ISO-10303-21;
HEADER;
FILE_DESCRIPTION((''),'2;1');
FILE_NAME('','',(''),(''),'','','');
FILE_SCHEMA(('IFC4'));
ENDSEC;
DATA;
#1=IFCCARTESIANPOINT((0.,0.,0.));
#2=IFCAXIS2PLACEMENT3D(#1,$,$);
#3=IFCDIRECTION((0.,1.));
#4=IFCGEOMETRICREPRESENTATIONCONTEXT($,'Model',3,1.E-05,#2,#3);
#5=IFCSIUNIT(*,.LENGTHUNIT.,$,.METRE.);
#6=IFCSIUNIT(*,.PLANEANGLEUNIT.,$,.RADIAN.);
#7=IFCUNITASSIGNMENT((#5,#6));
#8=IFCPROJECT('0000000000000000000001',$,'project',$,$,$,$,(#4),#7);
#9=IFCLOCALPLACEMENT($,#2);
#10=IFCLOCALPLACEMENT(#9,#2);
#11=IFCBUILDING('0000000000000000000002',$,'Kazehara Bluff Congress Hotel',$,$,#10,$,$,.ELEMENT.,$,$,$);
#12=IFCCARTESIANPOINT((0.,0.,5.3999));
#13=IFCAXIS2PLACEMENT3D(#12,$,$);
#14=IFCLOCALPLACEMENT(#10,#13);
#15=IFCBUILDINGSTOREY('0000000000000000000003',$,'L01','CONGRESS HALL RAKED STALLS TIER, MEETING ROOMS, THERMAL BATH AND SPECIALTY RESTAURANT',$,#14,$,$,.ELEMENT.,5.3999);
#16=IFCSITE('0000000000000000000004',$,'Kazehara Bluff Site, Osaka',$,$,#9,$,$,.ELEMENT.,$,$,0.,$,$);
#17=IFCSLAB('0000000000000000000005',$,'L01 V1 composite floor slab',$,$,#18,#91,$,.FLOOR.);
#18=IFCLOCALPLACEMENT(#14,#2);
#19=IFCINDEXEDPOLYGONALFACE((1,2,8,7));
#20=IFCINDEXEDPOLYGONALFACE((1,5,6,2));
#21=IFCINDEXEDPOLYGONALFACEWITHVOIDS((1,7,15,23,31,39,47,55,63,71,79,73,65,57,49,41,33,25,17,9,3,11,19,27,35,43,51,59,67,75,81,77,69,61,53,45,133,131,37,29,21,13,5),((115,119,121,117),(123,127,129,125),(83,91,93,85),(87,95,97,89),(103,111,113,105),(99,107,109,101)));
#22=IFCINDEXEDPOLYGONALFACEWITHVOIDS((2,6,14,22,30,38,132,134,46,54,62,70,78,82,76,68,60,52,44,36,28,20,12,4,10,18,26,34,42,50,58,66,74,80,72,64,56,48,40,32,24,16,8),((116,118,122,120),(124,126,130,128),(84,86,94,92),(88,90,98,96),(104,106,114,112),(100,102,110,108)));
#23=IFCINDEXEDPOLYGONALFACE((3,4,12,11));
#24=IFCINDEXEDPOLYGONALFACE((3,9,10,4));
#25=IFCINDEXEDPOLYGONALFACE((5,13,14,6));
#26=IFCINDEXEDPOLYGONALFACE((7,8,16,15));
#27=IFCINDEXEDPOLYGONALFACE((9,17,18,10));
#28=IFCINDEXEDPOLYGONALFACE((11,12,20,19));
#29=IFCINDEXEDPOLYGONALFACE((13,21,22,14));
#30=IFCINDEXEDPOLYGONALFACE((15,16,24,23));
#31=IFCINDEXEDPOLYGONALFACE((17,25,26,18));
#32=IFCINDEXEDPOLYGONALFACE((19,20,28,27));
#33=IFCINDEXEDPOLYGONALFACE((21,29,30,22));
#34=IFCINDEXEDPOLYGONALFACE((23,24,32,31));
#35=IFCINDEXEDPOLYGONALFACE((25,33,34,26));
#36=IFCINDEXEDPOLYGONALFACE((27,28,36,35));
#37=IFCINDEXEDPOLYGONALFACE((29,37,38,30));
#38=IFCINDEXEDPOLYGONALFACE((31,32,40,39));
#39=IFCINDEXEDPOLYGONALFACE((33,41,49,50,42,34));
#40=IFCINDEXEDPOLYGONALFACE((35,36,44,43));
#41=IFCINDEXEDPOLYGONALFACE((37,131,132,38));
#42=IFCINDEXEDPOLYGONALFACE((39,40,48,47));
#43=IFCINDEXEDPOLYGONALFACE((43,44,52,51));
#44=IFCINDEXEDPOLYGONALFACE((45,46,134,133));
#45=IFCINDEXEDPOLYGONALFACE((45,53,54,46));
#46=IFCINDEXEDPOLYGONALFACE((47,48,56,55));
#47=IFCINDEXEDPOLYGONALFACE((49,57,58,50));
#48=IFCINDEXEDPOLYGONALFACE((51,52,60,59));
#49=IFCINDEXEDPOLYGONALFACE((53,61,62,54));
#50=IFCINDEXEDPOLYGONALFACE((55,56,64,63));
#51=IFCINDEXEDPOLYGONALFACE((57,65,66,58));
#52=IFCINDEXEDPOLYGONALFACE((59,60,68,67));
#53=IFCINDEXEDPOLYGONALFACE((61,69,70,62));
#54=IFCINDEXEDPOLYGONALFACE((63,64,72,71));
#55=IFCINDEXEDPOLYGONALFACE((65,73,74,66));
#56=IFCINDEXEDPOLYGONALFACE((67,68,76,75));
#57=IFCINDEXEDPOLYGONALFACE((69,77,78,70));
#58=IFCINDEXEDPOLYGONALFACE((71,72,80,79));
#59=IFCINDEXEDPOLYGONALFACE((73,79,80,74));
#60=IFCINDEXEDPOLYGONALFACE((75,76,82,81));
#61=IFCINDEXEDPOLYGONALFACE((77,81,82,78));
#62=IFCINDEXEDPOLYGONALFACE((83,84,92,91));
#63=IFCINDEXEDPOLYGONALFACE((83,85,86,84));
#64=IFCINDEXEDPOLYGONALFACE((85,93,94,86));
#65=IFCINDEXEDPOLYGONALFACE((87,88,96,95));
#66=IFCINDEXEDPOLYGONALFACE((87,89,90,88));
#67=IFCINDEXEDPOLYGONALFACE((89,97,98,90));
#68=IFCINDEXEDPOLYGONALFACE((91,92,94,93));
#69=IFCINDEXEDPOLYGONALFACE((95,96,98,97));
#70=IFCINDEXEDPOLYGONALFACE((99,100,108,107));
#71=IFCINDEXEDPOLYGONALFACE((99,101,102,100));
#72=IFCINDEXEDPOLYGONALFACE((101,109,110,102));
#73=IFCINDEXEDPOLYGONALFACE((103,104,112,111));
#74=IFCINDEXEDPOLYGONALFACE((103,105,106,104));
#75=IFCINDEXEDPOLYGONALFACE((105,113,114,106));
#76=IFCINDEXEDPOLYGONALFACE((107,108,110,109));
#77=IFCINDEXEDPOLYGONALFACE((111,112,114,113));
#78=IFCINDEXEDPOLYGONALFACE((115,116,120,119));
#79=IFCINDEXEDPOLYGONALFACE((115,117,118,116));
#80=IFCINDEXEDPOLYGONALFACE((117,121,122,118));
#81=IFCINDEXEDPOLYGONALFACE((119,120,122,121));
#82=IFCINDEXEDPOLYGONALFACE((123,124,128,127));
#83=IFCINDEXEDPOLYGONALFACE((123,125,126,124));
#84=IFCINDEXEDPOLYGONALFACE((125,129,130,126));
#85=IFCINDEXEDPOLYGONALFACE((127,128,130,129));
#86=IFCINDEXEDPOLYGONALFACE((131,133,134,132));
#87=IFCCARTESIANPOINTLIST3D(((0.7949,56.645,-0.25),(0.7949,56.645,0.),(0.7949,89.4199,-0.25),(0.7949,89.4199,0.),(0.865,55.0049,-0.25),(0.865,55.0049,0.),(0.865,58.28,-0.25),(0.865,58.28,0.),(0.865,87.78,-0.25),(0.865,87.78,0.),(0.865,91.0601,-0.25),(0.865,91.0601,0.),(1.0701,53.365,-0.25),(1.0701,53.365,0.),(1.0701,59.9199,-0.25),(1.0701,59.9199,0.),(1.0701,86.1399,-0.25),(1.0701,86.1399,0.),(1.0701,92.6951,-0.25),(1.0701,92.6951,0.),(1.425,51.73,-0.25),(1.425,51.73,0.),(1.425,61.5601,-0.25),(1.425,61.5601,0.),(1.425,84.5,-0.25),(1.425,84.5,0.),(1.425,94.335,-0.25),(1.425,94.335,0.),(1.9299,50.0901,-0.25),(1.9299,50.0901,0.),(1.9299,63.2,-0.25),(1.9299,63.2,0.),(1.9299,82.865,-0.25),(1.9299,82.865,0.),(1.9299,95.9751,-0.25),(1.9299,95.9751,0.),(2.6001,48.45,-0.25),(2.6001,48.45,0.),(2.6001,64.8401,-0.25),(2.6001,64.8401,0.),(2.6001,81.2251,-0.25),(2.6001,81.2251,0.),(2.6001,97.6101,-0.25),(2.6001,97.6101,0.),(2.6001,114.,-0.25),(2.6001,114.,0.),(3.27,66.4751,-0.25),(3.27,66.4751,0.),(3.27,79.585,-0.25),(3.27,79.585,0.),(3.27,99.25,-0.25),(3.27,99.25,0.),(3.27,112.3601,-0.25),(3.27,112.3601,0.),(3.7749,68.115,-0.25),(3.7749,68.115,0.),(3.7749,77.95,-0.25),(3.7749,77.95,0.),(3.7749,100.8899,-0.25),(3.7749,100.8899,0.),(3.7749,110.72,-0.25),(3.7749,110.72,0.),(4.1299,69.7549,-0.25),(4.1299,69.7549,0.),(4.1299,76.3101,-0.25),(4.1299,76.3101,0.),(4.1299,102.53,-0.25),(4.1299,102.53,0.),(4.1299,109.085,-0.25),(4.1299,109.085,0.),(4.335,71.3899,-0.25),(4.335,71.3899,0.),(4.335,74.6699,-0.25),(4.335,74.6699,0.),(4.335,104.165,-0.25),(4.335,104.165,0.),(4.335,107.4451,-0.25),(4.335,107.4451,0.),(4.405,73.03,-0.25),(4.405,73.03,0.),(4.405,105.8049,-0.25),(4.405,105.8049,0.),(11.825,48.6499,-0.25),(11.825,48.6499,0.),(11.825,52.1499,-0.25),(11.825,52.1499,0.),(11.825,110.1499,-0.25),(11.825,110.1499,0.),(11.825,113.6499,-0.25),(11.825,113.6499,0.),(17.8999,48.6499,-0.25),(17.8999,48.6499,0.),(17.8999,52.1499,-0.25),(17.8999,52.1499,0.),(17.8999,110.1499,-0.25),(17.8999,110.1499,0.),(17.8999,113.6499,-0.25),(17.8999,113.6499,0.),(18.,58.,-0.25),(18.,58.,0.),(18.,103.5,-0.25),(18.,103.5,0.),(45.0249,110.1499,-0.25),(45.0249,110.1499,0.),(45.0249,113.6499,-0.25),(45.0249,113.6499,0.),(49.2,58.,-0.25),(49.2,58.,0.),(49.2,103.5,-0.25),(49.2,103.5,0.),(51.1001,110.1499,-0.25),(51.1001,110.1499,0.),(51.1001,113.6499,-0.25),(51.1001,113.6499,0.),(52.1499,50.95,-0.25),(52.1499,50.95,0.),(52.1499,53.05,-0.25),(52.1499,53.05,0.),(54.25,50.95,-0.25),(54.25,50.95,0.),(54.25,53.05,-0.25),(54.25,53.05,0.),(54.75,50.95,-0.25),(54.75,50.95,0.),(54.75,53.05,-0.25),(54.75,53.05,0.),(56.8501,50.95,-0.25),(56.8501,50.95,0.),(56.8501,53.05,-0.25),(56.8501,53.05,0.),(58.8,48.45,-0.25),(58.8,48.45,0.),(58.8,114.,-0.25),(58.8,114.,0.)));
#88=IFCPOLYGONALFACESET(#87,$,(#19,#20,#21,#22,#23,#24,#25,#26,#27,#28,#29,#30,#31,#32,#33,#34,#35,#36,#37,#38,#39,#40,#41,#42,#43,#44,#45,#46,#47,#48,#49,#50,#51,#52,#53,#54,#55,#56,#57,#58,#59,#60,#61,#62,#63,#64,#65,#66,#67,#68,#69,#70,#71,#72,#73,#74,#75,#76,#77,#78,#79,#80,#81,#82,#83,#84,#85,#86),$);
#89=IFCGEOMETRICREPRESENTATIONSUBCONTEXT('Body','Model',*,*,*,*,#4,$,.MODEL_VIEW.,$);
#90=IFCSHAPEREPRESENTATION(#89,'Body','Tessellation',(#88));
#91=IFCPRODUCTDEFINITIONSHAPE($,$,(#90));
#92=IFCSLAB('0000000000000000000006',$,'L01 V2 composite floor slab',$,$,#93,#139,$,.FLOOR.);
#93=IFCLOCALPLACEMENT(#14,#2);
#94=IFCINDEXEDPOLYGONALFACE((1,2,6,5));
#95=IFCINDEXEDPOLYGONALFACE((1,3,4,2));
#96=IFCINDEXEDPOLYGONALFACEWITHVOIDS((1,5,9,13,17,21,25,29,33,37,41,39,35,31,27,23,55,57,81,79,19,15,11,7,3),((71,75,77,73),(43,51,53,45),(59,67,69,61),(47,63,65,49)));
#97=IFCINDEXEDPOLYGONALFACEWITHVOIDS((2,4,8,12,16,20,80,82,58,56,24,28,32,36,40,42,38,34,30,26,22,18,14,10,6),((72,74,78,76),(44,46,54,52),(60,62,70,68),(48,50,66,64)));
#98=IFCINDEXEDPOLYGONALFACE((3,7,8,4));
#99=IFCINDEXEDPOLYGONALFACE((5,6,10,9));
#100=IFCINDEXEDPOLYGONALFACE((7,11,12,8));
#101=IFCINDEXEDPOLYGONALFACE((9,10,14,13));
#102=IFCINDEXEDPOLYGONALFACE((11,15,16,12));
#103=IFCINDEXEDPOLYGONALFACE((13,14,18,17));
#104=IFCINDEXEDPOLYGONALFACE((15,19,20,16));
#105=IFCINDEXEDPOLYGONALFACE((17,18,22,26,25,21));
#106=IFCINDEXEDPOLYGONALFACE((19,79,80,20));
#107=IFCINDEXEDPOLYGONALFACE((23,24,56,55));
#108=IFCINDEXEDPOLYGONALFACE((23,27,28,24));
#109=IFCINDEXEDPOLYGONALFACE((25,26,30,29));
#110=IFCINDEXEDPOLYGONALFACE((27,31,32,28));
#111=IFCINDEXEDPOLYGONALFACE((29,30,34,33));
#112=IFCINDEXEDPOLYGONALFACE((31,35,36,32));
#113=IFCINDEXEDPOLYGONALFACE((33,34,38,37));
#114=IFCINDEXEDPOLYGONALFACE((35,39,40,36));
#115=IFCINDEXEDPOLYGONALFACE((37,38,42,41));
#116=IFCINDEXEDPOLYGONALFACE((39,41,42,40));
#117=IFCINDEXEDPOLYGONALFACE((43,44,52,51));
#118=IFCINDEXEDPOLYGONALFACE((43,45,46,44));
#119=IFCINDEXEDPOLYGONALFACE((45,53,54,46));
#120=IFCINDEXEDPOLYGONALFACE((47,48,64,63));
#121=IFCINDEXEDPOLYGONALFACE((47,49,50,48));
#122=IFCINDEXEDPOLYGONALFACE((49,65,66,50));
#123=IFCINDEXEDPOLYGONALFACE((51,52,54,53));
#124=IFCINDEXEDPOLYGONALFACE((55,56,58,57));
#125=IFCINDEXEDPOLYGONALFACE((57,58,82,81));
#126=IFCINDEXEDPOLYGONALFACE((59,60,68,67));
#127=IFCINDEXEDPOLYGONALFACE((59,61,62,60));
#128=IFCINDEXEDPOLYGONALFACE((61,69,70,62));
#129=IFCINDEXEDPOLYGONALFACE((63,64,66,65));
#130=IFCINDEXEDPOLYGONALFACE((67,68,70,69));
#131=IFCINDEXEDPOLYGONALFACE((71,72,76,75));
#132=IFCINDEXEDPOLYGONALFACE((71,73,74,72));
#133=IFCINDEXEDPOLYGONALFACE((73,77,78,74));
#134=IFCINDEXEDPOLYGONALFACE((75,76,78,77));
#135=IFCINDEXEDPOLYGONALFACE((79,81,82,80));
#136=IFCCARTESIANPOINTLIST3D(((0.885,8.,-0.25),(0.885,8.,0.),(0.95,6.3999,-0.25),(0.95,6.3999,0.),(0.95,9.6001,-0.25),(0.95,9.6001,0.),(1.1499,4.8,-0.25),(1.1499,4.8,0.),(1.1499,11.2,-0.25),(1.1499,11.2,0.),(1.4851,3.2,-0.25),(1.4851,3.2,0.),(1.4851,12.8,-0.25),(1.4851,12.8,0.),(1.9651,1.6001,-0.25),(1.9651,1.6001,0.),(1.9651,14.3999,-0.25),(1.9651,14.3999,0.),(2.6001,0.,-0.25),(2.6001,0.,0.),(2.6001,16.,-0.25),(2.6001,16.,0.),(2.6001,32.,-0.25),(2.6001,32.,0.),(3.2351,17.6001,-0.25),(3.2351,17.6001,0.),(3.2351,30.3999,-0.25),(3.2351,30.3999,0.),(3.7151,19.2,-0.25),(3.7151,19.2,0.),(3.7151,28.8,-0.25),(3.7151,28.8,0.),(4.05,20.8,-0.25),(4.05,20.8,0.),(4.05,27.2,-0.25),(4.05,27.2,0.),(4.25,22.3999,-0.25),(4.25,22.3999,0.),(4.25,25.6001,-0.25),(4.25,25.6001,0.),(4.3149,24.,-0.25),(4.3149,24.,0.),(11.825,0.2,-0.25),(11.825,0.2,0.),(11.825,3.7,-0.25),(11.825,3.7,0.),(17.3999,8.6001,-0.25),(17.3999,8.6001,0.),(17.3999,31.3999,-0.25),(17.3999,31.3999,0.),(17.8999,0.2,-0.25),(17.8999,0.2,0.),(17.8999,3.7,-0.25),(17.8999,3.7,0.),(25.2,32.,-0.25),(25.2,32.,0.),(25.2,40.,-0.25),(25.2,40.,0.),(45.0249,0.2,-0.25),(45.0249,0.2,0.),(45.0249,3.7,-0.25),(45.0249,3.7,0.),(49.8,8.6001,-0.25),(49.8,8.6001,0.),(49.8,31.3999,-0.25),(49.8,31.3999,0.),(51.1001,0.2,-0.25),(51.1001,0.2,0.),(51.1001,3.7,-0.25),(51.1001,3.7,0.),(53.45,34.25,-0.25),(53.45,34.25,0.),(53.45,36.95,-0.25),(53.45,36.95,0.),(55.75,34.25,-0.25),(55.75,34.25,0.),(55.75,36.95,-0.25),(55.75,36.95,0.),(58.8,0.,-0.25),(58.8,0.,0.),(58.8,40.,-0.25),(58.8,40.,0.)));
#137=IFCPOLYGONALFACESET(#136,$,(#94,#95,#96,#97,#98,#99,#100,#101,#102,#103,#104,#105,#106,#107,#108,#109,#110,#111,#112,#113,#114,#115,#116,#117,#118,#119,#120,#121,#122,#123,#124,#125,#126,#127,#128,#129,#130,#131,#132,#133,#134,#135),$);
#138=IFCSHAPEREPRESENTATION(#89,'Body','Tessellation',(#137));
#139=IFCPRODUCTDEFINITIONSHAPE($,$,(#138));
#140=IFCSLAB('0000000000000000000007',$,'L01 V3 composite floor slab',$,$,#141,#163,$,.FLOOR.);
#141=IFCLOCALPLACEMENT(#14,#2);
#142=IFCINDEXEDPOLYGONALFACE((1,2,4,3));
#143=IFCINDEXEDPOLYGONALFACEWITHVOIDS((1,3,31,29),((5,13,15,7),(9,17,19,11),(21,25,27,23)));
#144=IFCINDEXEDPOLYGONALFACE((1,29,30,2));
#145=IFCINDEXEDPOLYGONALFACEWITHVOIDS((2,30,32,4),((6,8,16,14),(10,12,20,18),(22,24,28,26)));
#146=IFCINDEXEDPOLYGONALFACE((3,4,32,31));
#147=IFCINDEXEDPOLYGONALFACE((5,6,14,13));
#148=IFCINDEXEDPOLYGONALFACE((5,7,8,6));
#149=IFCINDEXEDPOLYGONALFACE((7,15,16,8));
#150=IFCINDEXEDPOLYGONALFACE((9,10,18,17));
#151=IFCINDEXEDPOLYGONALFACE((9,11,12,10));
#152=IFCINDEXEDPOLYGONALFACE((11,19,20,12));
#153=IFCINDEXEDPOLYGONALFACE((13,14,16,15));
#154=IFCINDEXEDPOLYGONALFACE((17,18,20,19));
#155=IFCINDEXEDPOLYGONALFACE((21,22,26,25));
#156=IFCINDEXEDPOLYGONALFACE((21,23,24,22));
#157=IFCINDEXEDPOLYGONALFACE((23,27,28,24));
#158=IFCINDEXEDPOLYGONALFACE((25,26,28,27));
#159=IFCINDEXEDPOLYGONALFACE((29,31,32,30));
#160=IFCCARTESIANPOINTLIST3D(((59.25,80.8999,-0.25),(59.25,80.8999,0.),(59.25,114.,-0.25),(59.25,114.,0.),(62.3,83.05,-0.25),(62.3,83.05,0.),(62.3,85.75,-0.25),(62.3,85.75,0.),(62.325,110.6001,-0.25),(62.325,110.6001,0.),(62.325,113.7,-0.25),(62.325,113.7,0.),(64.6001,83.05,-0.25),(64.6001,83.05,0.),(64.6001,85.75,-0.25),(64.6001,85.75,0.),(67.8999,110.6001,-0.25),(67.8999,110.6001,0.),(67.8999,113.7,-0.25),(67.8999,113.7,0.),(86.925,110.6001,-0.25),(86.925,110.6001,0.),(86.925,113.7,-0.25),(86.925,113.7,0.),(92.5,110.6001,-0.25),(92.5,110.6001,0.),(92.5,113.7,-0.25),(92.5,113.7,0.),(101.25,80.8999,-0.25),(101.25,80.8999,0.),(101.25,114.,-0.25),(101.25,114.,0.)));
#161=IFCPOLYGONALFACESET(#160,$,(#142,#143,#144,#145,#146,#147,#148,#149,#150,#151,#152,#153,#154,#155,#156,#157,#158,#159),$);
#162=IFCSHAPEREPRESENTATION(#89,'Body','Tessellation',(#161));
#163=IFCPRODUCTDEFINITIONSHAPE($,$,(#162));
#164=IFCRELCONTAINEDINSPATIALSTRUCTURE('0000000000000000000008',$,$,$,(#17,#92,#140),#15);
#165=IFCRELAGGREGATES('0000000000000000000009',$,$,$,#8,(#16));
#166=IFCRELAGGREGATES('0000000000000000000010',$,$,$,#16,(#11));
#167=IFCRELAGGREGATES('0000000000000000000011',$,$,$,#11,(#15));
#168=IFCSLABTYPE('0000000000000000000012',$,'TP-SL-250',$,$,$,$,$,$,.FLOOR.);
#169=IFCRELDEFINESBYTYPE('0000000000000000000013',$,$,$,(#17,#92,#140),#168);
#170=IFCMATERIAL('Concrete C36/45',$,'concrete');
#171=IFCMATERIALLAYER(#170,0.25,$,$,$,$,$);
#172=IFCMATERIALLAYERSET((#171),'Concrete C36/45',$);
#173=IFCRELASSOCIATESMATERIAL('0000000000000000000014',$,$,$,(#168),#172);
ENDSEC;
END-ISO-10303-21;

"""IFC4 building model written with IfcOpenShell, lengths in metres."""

from ifc_helpers import new_model, si_unit, direction, frame, origin, place, context, subcontext, project, spatial, polyline, outline, extrude, material, layer, layer_set, type_object, element, save


model = new_model("IFC4")

# Units and contexts
model_context = context("Model", 3, precision=1e-05, world=origin(), true_north=direction((0.0, 1.0)))
body_context = subcontext(model_context, "Body", "Model", "MODEL_VIEW")
ifc_project = project(units=[si_unit("LENGTHUNIT", "METRE"), si_unit("PLANEANGLEUNIT", "RADIAN")], contexts=[model_context])

# Site, building, storey
site_placement = place(None, origin())
site = spatial("IfcSite", under=ifc_project, at=site_placement, Name="Kazehara Bluff Site, Osaka", CompositionType="ELEMENT", RefElevation=0.0)
building_placement = place(site_placement, origin())
building = spatial("IfcBuilding", under=site, at=building_placement, Name="Kazehara Bluff Congress Hotel", CompositionType="ELEMENT")
storey_placement = place(building_placement, frame((0.0, 0.0, 5.3999)))
storey = spatial("IfcBuildingStorey", under=building, at=storey_placement, Name="L01", Description="CONGRESS HALL RAKED STALLS TIER, MEETING ROOMS, THERMAL BATH AND SPECIALTY RESTAURANT", CompositionType="ELEMENT", Elevation=5.3999)

# Slabs
ifc_material_1 = material(Name="Concrete C36/45", Category="concrete")
ifc_layer_1 = layer(ifc_material_1, 0.25)
ifc_layer_set_1 = layer_set([ifc_layer_1], Name="Concrete C36/45")
slab_type_1 = type_object("IfcSlabType", Name="TP-SL-250", PredefinedType="FLOOR", material=ifc_layer_set_1)
slab_1_placement = place(storey_placement, frame((0.0, 0.0, -0.25)))
element("IfcSlab", 1, at=slab_1_placement, inside=storey, type_object=slab_type_1, Name="L01 V1 composite floor slab", PredefinedType="FLOOR", context=body_context, shape_type="SweptSolid", body=[
    extrude(outline(polyline([(58.8, 48.45), (58.8, 114.0), (2.6001, 114.0), (3.27, 112.3601), (3.7749, 110.72), (4.1299, 109.085), (4.335, 107.4451), (4.405, 105.8049), (4.335, 104.165), (4.1299, 102.53), (3.7749, 100.8899), (3.27, 99.25), (2.6001, 97.6101), (1.9299, 95.9751), (1.425, 94.335), (1.0701, 92.6951), (0.865, 91.0601), (0.7949, 89.4199), (0.865, 87.78), (1.0701, 86.1399), (1.425, 84.5), (1.9299, 82.865), (2.6001, 81.2251), (3.27, 79.585), (3.7749, 77.95), (4.1299, 76.3101), (4.335, 74.6699), (4.405, 73.03), (4.335, 71.3899), (4.1299, 69.7549), (3.7749, 68.115), (3.27, 66.4751), (2.6001, 64.8401), (1.9299, 63.2), (1.425, 61.5601), (1.0701, 59.9199), (0.865, 58.28), (0.7949, 56.645), (0.865, 55.0049), (1.0701, 53.365), (1.425, 51.73), (1.9299, 50.0901), (2.6001, 48.45), (58.8, 48.45)]), holes=[polyline([(11.825, 110.1499), (17.8999, 110.1499), (17.8999, 113.6499), (11.825, 113.6499), (11.825, 110.1499)]), polyline([(45.0249, 110.1499), (51.1001, 110.1499), (51.1001, 113.6499), (45.0249, 113.6499), (45.0249, 110.1499)]), polyline([(11.825, 48.6499), (17.8999, 48.6499), (17.8999, 52.1499), (11.825, 52.1499), (11.825, 48.6499)]), polyline([(52.1499, 50.95), (54.25, 50.95), (54.25, 53.05), (52.1499, 53.05), (52.1499, 50.95)]), polyline([(54.75, 50.95), (56.8501, 50.95), (56.8501, 53.05), (54.75, 53.05), (54.75, 50.95)]), polyline([(18.0, 58.0), (49.2, 58.0), (49.2, 103.5), (18.0, 103.5), (18.0, 58.0)])]), origin(), (0.0, 0.0, 1.0), 0.25),
])
slab_2_placement = place(storey_placement, frame((0.0, 0.0, -0.25)))
element("IfcSlab", 2, at=slab_2_placement, inside=storey, type_object=slab_type_1, Name="L01 V2 composite floor slab", PredefinedType="FLOOR", context=body_context, shape_type="SweptSolid", body=[
    extrude(outline(polyline([(58.8, 0.0), (58.8, 40.0), (25.2, 40.0), (25.2, 32.0), (2.6001, 32.0), (3.2351, 30.3999), (3.7151, 28.8), (4.05, 27.2), (4.25, 25.6001), (4.3149, 24.0), (4.25, 22.3999), (4.05, 20.8), (3.7151, 19.2), (3.2351, 17.6001), (2.6001, 16.0), (1.9651, 14.3999), (1.4851, 12.8), (1.1499, 11.2), (0.95, 9.6001), (0.885, 8.0), (0.95, 6.3999), (1.1499, 4.8), (1.4851, 3.2), (1.9651, 1.6001), (2.6001, 0.0), (58.8, 0.0)]), holes=[polyline([(11.825, 0.2), (17.8999, 0.2), (17.8999, 3.7), (11.825, 3.7), (11.825, 0.2)]), polyline([(45.0249, 0.2), (51.1001, 0.2), (51.1001, 3.7), (45.0249, 3.7), (45.0249, 0.2)]), polyline([(53.45, 34.25), (55.75, 34.25), (55.75, 36.95), (53.45, 36.95), (53.45, 34.25)]), polyline([(17.3999, 8.6001), (49.8, 8.6001), (49.8, 31.3999), (17.3999, 31.3999), (17.3999, 8.6001)])]), origin(), (0.0, 0.0, 1.0), 0.25),
])
slab_3_placement = place(storey_placement, frame((0.0, 0.0, -0.25)))
element("IfcSlab", 3, at=slab_3_placement, inside=storey, type_object=slab_type_1, Name="L01 V3 composite floor slab", PredefinedType="FLOOR", context=body_context, shape_type="SweptSolid", body=[
    extrude(outline(polyline([(59.25, 80.8999), (101.25, 80.8999), (101.25, 114.0), (59.25, 114.0), (59.25, 80.8999)]), holes=[polyline([(62.325, 110.6001), (67.8999, 110.6001), (67.8999, 113.7), (62.325, 113.7), (62.325, 110.6001)]), polyline([(86.925, 110.6001), (92.5, 110.6001), (92.5, 113.7), (86.925, 113.7), (86.925, 110.6001)]), polyline([(62.3, 83.05), (64.6001, 83.05), (64.6001, 85.75), (62.3, 85.75), (62.3, 83.05)])]), origin(), (0.0, 0.0, 1.0), 0.25),
])

save(model, "model.ifc")
